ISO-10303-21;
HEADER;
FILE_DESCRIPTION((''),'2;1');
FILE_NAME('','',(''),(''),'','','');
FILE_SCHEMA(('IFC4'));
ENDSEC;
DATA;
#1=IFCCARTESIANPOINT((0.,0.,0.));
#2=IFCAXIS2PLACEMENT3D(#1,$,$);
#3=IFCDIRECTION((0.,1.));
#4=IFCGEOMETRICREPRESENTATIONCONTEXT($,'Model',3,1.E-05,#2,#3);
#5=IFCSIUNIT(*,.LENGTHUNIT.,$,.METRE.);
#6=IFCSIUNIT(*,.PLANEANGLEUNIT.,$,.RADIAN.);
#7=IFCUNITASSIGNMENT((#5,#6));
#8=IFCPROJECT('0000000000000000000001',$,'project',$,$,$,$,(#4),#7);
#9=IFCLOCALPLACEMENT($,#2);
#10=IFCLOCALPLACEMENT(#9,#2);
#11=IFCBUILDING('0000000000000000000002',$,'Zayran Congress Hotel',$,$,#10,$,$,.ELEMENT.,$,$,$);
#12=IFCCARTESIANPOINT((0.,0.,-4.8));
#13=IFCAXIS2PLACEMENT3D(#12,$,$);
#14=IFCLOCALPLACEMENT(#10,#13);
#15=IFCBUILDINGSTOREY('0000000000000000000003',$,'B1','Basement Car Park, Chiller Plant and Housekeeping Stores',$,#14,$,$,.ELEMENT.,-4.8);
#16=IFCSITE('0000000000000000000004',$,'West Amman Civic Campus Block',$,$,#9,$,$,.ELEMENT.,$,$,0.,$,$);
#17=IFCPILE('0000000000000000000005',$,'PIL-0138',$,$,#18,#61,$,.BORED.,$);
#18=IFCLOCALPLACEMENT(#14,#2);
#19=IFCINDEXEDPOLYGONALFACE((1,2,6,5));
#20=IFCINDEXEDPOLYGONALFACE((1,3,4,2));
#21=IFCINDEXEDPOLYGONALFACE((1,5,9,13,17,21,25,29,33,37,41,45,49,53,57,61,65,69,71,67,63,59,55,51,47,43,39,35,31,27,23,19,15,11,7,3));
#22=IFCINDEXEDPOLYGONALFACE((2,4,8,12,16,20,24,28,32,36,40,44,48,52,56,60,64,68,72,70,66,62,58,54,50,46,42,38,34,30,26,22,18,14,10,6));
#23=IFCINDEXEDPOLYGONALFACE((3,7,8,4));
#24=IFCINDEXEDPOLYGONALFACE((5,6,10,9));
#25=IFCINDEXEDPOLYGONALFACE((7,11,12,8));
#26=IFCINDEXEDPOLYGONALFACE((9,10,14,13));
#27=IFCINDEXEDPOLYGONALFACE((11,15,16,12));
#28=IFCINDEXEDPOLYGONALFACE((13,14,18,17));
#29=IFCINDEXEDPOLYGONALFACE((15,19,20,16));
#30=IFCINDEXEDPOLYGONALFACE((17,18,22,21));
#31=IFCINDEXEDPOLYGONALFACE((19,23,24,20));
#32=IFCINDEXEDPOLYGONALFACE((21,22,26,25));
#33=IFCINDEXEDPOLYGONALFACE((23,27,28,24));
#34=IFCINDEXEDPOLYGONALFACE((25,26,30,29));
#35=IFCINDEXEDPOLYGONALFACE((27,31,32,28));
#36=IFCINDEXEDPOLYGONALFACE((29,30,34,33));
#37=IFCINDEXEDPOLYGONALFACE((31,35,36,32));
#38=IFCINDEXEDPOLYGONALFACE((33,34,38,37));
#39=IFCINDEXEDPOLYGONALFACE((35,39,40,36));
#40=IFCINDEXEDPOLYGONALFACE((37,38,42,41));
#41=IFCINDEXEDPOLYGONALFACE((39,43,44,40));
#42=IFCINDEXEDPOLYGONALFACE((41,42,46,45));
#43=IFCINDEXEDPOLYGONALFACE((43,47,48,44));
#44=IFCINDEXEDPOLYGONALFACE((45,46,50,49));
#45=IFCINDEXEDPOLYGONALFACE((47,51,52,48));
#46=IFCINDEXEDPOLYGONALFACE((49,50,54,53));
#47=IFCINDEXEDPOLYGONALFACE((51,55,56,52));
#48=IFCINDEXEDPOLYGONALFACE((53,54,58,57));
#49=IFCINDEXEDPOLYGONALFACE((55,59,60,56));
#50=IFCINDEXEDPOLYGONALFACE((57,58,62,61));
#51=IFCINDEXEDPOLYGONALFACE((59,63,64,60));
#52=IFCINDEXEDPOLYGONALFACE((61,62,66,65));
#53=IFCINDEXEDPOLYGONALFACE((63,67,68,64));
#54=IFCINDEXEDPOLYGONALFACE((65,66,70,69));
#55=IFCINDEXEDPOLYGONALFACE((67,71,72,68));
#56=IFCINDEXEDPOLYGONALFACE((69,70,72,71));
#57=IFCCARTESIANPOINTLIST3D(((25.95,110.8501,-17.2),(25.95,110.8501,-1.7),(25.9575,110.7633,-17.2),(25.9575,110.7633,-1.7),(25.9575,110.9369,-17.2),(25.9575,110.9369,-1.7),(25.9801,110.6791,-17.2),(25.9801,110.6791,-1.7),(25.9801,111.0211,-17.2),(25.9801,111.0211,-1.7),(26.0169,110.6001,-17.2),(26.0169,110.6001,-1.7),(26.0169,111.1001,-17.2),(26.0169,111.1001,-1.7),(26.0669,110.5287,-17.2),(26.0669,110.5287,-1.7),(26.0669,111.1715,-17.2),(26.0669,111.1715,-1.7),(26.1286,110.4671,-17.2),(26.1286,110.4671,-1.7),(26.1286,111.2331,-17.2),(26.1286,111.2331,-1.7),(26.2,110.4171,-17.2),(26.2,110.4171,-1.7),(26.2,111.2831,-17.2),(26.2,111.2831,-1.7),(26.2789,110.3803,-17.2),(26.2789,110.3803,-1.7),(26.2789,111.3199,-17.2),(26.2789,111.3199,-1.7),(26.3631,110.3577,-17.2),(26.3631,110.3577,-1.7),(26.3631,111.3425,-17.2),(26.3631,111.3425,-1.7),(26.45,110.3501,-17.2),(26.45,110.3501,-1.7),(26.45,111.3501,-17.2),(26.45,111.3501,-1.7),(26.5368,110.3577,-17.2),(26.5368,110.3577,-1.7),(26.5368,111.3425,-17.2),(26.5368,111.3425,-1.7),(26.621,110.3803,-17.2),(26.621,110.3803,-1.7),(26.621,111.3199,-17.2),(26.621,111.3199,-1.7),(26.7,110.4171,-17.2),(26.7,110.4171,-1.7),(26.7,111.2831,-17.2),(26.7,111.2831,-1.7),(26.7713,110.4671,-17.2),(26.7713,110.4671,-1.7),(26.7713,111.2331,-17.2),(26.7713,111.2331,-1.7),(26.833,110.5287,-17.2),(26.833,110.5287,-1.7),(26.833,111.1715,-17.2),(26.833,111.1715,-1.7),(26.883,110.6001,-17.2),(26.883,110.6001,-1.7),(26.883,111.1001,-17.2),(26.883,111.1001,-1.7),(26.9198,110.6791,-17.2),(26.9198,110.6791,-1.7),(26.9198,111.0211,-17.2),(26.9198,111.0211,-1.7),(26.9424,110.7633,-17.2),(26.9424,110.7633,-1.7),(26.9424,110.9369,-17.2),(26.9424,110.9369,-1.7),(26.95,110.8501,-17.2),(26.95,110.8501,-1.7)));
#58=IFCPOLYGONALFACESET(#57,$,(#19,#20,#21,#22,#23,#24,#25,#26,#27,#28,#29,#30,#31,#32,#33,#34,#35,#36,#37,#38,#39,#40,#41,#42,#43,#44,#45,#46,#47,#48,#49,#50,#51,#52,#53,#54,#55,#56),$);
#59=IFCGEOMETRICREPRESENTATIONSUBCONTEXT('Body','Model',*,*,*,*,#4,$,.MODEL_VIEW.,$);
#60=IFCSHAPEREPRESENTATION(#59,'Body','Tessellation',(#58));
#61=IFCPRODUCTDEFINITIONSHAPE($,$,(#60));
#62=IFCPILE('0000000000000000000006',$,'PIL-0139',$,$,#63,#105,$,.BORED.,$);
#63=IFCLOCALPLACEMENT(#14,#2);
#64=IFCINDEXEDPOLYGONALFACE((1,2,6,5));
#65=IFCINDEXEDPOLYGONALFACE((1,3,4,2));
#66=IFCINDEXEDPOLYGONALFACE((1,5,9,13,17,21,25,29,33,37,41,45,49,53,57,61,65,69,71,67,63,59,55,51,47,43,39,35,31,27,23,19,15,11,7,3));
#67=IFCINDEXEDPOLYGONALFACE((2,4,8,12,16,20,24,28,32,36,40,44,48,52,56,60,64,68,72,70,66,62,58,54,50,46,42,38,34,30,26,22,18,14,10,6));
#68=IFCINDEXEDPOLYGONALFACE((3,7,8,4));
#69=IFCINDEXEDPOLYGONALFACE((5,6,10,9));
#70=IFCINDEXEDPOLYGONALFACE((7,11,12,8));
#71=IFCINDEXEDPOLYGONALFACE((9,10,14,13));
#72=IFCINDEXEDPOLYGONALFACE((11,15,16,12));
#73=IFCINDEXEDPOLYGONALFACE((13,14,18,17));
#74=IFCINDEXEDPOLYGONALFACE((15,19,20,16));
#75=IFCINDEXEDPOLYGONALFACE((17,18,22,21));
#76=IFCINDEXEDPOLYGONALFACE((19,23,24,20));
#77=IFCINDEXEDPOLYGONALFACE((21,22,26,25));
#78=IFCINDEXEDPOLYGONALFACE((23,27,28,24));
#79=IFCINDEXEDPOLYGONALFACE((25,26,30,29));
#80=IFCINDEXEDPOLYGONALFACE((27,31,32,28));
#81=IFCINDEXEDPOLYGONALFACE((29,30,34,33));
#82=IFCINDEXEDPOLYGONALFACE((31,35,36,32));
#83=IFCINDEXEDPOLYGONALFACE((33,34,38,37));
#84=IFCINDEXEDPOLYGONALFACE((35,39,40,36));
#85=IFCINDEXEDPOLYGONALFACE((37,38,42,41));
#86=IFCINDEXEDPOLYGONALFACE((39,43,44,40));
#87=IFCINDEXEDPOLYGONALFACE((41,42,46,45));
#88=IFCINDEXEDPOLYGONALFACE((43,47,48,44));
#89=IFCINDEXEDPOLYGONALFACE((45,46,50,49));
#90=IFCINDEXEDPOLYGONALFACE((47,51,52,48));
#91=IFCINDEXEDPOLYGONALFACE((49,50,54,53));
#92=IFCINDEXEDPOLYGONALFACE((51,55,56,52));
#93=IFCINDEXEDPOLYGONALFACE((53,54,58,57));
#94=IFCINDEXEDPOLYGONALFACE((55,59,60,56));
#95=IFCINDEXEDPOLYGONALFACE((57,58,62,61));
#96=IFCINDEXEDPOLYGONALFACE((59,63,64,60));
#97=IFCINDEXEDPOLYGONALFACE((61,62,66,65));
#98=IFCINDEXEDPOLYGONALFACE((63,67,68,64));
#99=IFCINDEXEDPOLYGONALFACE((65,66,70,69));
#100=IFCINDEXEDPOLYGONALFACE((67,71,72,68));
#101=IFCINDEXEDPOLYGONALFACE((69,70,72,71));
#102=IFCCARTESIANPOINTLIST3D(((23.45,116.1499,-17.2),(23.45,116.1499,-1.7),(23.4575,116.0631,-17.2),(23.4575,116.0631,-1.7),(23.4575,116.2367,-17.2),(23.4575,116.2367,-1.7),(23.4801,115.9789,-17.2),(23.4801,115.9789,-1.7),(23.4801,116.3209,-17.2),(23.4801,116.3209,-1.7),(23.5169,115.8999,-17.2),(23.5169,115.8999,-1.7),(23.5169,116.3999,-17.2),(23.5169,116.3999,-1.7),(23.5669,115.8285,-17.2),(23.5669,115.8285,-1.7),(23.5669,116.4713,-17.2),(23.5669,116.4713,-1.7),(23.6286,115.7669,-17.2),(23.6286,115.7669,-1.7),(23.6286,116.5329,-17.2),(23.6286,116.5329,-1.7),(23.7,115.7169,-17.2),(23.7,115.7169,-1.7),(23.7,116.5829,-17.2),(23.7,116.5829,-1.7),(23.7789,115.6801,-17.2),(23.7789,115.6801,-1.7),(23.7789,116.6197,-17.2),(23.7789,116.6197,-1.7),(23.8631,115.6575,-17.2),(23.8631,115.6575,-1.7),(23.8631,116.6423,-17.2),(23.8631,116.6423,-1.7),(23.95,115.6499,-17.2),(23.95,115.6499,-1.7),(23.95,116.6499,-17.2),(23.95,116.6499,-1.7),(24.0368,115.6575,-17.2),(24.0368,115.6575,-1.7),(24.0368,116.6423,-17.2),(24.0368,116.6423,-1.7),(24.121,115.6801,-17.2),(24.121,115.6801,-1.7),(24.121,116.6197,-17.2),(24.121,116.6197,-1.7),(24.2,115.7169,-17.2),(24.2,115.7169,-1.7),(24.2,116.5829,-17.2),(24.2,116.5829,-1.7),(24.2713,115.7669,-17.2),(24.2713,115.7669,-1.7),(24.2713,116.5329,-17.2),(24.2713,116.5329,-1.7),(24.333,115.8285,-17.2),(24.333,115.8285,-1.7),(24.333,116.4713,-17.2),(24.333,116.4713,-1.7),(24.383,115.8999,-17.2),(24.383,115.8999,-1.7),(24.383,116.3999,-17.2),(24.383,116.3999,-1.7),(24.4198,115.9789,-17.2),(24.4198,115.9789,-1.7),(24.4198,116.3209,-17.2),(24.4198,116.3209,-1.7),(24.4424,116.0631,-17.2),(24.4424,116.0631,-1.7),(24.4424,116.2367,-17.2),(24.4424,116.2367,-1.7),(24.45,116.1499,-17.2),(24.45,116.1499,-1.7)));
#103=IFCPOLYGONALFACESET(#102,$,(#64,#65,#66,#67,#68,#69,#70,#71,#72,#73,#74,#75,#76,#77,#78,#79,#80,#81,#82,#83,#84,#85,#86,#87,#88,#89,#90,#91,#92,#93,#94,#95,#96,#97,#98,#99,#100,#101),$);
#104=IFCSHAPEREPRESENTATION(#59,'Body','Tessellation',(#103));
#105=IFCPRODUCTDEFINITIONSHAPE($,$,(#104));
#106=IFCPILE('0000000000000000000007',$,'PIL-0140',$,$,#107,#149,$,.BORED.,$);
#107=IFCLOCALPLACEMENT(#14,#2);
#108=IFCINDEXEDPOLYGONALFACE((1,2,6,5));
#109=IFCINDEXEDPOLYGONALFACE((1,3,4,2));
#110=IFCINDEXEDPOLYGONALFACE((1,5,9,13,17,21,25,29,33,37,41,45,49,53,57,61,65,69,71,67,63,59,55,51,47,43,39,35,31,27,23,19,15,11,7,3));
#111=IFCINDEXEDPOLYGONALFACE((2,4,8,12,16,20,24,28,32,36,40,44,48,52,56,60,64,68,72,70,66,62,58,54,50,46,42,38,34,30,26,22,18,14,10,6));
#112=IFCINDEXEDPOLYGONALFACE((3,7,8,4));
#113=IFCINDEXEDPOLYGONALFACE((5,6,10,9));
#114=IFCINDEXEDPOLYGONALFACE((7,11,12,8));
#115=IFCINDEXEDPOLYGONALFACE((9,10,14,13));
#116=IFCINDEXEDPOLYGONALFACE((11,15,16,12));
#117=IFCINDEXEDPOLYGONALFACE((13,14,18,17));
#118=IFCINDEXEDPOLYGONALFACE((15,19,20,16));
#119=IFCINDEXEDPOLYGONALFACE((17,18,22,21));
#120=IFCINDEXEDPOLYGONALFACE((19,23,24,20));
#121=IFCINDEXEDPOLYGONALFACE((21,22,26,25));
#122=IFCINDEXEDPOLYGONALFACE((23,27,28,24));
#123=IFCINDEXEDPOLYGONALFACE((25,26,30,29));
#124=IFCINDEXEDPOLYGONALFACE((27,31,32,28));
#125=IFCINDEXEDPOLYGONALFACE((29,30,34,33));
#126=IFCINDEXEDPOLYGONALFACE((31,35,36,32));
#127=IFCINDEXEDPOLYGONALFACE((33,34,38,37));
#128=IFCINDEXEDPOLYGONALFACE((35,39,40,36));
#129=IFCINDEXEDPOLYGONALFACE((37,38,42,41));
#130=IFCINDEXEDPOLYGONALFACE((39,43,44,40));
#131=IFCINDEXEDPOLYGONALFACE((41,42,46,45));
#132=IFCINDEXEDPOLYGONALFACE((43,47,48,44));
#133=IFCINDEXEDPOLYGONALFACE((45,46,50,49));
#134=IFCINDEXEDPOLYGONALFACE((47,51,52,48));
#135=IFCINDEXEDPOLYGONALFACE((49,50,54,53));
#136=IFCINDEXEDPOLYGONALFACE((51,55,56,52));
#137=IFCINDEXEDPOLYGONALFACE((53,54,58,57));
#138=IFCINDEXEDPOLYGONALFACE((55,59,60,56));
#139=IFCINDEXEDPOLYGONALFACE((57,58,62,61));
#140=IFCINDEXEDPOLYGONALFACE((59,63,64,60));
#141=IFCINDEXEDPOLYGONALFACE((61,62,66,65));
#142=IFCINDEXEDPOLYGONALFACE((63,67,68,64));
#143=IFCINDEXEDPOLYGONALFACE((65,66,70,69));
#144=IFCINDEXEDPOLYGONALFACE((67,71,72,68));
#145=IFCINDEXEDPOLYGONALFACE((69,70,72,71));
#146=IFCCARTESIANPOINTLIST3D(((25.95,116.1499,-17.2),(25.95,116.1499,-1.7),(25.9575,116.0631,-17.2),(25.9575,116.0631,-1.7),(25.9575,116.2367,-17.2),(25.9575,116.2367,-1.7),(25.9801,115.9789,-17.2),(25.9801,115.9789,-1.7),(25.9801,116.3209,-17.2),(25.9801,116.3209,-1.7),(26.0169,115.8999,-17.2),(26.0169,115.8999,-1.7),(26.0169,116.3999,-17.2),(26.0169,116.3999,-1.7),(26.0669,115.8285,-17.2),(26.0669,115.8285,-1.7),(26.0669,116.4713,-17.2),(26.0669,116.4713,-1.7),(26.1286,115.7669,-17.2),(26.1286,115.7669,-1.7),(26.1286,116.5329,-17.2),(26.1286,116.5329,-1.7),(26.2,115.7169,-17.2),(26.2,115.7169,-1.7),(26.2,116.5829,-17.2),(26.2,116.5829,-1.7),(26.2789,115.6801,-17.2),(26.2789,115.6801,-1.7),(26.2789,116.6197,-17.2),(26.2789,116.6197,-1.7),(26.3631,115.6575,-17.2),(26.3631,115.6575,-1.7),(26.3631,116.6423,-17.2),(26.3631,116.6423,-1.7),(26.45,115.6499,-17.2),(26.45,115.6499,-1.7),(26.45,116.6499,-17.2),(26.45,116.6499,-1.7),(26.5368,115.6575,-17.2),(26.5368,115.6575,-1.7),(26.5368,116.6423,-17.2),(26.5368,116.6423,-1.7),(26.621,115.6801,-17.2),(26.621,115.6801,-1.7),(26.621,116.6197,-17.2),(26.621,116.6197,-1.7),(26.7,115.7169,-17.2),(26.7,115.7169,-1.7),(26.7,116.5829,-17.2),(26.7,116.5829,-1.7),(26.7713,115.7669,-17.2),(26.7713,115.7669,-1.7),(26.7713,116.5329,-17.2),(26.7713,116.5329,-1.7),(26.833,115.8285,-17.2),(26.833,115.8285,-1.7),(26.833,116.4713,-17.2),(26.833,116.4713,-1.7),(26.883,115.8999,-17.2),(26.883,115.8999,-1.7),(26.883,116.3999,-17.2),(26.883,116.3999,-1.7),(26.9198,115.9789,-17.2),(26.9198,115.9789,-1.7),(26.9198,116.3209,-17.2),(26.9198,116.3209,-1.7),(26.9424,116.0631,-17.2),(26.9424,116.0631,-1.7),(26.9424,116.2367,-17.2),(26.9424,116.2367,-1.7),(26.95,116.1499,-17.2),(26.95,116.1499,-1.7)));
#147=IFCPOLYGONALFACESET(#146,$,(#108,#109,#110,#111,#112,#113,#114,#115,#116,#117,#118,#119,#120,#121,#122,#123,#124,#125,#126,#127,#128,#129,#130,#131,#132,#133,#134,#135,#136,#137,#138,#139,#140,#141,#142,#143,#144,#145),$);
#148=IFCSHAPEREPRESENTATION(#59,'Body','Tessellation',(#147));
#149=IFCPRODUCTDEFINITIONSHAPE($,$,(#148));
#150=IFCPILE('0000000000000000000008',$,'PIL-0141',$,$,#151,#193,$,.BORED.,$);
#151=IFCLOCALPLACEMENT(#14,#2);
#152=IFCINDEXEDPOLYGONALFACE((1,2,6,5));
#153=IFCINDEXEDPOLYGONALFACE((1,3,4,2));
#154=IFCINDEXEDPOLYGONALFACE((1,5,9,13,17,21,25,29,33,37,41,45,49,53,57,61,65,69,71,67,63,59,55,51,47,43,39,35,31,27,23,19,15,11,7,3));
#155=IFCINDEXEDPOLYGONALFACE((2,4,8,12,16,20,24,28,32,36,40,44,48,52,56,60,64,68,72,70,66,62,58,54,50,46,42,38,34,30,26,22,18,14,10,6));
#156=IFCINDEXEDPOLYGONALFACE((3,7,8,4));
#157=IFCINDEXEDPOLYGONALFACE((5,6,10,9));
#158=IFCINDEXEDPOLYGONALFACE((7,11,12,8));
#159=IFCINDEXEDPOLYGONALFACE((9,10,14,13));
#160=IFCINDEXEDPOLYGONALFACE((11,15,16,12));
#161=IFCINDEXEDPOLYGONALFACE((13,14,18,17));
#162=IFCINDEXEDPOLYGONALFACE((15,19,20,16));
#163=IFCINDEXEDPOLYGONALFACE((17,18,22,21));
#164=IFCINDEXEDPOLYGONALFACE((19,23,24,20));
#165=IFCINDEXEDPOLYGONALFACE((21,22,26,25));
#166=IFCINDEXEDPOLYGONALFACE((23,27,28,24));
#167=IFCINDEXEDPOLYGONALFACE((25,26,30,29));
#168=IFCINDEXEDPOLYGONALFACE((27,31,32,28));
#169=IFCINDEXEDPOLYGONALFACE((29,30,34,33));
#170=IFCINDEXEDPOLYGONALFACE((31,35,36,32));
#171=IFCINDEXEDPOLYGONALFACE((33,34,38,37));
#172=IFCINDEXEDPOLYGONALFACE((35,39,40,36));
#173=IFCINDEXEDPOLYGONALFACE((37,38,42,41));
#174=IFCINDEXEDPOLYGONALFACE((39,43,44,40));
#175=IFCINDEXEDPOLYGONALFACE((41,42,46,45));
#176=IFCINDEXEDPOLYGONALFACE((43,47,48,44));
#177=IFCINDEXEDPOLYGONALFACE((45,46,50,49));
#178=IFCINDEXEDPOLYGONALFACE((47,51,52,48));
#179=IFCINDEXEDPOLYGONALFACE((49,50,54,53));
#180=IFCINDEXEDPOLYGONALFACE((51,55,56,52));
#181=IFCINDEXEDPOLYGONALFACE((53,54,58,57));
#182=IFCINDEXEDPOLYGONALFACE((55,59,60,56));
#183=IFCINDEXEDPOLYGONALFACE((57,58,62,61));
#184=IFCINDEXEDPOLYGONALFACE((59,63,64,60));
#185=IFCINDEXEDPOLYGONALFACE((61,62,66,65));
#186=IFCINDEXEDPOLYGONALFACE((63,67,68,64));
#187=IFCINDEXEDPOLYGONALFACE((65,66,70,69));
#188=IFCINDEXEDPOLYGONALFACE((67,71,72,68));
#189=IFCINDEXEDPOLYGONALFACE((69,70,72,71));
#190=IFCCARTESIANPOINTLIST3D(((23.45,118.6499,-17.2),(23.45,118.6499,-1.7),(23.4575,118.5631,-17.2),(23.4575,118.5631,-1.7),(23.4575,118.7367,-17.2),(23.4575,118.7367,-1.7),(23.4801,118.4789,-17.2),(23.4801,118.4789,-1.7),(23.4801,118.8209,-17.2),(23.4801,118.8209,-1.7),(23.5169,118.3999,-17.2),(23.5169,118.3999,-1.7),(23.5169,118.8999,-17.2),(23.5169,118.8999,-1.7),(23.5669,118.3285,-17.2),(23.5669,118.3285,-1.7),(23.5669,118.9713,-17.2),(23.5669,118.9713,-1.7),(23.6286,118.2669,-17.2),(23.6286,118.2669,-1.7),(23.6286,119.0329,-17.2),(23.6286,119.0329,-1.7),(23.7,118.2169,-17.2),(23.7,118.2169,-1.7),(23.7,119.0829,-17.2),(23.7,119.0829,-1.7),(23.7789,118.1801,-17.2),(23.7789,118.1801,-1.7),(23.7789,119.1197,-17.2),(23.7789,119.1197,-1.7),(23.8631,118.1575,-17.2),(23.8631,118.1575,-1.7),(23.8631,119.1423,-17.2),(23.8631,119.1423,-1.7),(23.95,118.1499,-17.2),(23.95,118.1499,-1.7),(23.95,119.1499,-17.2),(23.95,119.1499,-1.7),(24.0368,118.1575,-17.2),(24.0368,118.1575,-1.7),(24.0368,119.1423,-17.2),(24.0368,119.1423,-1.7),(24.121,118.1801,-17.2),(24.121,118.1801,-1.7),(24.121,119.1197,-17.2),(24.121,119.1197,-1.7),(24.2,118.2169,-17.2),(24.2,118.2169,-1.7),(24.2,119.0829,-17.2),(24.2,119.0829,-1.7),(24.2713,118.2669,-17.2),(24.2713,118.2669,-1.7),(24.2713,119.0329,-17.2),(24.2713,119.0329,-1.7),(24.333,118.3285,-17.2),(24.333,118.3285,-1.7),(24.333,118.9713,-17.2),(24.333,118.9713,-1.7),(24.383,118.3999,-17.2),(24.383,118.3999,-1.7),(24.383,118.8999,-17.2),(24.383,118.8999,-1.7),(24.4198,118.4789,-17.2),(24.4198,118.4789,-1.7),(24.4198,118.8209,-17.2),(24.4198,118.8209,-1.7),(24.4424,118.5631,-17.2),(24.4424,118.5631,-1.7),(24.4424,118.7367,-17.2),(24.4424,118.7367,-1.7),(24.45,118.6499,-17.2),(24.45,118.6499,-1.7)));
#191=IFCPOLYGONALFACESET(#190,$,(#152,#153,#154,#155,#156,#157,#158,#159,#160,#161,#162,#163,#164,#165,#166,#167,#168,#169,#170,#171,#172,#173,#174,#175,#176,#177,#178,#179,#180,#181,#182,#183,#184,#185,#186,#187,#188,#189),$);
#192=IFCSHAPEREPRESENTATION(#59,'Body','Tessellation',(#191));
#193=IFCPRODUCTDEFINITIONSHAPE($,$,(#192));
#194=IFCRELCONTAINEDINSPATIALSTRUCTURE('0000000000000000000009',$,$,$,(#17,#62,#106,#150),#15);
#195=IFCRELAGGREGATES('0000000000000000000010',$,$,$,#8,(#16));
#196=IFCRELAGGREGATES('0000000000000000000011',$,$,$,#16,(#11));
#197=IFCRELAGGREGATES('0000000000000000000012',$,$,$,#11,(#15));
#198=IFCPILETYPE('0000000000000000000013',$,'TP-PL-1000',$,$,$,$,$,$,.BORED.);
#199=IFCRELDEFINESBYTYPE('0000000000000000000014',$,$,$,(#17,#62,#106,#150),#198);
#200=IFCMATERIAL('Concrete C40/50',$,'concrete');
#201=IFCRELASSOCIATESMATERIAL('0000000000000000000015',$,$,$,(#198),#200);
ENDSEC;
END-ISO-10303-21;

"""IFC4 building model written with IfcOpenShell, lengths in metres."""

from ifc_helpers import new_model, si_unit, direction, frame, origin, origin_2d, place, context, subcontext, project, spatial, circle, extrude, material, material_profile, profile_set, type_object, element, save


model = new_model("IFC4")

# Units and contexts
model_context = context("Model", 3, precision=1e-05, world=origin(), true_north=direction((0.0, 1.0)))
body_context = subcontext(model_context, "Body", "Model", "MODEL_VIEW")
ifc_project = project(units=[si_unit("LENGTHUNIT", "METRE"), si_unit("PLANEANGLEUNIT", "RADIAN")], contexts=[model_context])

# Site, building, storey
site_placement = place(None, origin())
site = spatial("IfcSite", under=ifc_project, at=site_placement, Name="West Amman Civic Campus Block", CompositionType="ELEMENT", RefElevation=0.0)
building_placement = place(site_placement, origin())
building = spatial("IfcBuilding", under=site, at=building_placement, Name="Zayran Congress Hotel", CompositionType="ELEMENT")
storey_placement = place(building_placement, frame((0.0, 0.0, -4.8)))
storey = spatial("IfcBuildingStorey", under=building, at=storey_placement, Name="B1", Description="Basement Car Park, Chiller Plant and Housekeeping Stores", CompositionType="ELEMENT", Elevation=-4.8)

# Piles
ifc_material = material(Name="Concrete C40/50", Category="concrete")
ifc_material_profile_1 = material_profile(ifc_material, circle(Radius=0.5, at=origin_2d()), Name="PILE D1000")
ifc_profile_set_1 = profile_set([ifc_material_profile_1], Name="Concrete C40/50")
pile_type = type_object("IfcPileType", Name="TP-PL-1000", PredefinedType="BORED", material=ifc_profile_set_1)
for number, where, z_axis, x_axis, name in (
    (1, (26.45, 110.8501, -1.7), (0.0, 0.0, -1.0), (1.0, 0.0, 0.0), "PIL-0138"),
    (2, (23.95, 116.1499, -1.7), (0.0, 0.0, -1.0), (1.0, 0.0, 0.0), "PIL-0139"),
    (3, (26.45, 116.1499, -1.7), (0.0, 0.0, -1.0), (1.0, 0.0, 0.0), "PIL-0140"),
    (4, (23.95, 118.6499, -1.7), (0.0, 0.0, -1.0), (1.0, 0.0, 0.0), "PIL-0141"),
):
    element("IfcPile", number, at=place(storey_placement, frame(where, z_axis=z_axis, x_axis=x_axis)), inside=storey, type_object=pile_type, Name=name, PredefinedType="BORED", context=body_context, shape_type="SweptSolid", body=[
        extrude(circle(Radius=0.5, at=origin_2d()), origin(), (0.0, 0.0, 1.0), 15.5),
    ])

save(model, "model.ifc")
